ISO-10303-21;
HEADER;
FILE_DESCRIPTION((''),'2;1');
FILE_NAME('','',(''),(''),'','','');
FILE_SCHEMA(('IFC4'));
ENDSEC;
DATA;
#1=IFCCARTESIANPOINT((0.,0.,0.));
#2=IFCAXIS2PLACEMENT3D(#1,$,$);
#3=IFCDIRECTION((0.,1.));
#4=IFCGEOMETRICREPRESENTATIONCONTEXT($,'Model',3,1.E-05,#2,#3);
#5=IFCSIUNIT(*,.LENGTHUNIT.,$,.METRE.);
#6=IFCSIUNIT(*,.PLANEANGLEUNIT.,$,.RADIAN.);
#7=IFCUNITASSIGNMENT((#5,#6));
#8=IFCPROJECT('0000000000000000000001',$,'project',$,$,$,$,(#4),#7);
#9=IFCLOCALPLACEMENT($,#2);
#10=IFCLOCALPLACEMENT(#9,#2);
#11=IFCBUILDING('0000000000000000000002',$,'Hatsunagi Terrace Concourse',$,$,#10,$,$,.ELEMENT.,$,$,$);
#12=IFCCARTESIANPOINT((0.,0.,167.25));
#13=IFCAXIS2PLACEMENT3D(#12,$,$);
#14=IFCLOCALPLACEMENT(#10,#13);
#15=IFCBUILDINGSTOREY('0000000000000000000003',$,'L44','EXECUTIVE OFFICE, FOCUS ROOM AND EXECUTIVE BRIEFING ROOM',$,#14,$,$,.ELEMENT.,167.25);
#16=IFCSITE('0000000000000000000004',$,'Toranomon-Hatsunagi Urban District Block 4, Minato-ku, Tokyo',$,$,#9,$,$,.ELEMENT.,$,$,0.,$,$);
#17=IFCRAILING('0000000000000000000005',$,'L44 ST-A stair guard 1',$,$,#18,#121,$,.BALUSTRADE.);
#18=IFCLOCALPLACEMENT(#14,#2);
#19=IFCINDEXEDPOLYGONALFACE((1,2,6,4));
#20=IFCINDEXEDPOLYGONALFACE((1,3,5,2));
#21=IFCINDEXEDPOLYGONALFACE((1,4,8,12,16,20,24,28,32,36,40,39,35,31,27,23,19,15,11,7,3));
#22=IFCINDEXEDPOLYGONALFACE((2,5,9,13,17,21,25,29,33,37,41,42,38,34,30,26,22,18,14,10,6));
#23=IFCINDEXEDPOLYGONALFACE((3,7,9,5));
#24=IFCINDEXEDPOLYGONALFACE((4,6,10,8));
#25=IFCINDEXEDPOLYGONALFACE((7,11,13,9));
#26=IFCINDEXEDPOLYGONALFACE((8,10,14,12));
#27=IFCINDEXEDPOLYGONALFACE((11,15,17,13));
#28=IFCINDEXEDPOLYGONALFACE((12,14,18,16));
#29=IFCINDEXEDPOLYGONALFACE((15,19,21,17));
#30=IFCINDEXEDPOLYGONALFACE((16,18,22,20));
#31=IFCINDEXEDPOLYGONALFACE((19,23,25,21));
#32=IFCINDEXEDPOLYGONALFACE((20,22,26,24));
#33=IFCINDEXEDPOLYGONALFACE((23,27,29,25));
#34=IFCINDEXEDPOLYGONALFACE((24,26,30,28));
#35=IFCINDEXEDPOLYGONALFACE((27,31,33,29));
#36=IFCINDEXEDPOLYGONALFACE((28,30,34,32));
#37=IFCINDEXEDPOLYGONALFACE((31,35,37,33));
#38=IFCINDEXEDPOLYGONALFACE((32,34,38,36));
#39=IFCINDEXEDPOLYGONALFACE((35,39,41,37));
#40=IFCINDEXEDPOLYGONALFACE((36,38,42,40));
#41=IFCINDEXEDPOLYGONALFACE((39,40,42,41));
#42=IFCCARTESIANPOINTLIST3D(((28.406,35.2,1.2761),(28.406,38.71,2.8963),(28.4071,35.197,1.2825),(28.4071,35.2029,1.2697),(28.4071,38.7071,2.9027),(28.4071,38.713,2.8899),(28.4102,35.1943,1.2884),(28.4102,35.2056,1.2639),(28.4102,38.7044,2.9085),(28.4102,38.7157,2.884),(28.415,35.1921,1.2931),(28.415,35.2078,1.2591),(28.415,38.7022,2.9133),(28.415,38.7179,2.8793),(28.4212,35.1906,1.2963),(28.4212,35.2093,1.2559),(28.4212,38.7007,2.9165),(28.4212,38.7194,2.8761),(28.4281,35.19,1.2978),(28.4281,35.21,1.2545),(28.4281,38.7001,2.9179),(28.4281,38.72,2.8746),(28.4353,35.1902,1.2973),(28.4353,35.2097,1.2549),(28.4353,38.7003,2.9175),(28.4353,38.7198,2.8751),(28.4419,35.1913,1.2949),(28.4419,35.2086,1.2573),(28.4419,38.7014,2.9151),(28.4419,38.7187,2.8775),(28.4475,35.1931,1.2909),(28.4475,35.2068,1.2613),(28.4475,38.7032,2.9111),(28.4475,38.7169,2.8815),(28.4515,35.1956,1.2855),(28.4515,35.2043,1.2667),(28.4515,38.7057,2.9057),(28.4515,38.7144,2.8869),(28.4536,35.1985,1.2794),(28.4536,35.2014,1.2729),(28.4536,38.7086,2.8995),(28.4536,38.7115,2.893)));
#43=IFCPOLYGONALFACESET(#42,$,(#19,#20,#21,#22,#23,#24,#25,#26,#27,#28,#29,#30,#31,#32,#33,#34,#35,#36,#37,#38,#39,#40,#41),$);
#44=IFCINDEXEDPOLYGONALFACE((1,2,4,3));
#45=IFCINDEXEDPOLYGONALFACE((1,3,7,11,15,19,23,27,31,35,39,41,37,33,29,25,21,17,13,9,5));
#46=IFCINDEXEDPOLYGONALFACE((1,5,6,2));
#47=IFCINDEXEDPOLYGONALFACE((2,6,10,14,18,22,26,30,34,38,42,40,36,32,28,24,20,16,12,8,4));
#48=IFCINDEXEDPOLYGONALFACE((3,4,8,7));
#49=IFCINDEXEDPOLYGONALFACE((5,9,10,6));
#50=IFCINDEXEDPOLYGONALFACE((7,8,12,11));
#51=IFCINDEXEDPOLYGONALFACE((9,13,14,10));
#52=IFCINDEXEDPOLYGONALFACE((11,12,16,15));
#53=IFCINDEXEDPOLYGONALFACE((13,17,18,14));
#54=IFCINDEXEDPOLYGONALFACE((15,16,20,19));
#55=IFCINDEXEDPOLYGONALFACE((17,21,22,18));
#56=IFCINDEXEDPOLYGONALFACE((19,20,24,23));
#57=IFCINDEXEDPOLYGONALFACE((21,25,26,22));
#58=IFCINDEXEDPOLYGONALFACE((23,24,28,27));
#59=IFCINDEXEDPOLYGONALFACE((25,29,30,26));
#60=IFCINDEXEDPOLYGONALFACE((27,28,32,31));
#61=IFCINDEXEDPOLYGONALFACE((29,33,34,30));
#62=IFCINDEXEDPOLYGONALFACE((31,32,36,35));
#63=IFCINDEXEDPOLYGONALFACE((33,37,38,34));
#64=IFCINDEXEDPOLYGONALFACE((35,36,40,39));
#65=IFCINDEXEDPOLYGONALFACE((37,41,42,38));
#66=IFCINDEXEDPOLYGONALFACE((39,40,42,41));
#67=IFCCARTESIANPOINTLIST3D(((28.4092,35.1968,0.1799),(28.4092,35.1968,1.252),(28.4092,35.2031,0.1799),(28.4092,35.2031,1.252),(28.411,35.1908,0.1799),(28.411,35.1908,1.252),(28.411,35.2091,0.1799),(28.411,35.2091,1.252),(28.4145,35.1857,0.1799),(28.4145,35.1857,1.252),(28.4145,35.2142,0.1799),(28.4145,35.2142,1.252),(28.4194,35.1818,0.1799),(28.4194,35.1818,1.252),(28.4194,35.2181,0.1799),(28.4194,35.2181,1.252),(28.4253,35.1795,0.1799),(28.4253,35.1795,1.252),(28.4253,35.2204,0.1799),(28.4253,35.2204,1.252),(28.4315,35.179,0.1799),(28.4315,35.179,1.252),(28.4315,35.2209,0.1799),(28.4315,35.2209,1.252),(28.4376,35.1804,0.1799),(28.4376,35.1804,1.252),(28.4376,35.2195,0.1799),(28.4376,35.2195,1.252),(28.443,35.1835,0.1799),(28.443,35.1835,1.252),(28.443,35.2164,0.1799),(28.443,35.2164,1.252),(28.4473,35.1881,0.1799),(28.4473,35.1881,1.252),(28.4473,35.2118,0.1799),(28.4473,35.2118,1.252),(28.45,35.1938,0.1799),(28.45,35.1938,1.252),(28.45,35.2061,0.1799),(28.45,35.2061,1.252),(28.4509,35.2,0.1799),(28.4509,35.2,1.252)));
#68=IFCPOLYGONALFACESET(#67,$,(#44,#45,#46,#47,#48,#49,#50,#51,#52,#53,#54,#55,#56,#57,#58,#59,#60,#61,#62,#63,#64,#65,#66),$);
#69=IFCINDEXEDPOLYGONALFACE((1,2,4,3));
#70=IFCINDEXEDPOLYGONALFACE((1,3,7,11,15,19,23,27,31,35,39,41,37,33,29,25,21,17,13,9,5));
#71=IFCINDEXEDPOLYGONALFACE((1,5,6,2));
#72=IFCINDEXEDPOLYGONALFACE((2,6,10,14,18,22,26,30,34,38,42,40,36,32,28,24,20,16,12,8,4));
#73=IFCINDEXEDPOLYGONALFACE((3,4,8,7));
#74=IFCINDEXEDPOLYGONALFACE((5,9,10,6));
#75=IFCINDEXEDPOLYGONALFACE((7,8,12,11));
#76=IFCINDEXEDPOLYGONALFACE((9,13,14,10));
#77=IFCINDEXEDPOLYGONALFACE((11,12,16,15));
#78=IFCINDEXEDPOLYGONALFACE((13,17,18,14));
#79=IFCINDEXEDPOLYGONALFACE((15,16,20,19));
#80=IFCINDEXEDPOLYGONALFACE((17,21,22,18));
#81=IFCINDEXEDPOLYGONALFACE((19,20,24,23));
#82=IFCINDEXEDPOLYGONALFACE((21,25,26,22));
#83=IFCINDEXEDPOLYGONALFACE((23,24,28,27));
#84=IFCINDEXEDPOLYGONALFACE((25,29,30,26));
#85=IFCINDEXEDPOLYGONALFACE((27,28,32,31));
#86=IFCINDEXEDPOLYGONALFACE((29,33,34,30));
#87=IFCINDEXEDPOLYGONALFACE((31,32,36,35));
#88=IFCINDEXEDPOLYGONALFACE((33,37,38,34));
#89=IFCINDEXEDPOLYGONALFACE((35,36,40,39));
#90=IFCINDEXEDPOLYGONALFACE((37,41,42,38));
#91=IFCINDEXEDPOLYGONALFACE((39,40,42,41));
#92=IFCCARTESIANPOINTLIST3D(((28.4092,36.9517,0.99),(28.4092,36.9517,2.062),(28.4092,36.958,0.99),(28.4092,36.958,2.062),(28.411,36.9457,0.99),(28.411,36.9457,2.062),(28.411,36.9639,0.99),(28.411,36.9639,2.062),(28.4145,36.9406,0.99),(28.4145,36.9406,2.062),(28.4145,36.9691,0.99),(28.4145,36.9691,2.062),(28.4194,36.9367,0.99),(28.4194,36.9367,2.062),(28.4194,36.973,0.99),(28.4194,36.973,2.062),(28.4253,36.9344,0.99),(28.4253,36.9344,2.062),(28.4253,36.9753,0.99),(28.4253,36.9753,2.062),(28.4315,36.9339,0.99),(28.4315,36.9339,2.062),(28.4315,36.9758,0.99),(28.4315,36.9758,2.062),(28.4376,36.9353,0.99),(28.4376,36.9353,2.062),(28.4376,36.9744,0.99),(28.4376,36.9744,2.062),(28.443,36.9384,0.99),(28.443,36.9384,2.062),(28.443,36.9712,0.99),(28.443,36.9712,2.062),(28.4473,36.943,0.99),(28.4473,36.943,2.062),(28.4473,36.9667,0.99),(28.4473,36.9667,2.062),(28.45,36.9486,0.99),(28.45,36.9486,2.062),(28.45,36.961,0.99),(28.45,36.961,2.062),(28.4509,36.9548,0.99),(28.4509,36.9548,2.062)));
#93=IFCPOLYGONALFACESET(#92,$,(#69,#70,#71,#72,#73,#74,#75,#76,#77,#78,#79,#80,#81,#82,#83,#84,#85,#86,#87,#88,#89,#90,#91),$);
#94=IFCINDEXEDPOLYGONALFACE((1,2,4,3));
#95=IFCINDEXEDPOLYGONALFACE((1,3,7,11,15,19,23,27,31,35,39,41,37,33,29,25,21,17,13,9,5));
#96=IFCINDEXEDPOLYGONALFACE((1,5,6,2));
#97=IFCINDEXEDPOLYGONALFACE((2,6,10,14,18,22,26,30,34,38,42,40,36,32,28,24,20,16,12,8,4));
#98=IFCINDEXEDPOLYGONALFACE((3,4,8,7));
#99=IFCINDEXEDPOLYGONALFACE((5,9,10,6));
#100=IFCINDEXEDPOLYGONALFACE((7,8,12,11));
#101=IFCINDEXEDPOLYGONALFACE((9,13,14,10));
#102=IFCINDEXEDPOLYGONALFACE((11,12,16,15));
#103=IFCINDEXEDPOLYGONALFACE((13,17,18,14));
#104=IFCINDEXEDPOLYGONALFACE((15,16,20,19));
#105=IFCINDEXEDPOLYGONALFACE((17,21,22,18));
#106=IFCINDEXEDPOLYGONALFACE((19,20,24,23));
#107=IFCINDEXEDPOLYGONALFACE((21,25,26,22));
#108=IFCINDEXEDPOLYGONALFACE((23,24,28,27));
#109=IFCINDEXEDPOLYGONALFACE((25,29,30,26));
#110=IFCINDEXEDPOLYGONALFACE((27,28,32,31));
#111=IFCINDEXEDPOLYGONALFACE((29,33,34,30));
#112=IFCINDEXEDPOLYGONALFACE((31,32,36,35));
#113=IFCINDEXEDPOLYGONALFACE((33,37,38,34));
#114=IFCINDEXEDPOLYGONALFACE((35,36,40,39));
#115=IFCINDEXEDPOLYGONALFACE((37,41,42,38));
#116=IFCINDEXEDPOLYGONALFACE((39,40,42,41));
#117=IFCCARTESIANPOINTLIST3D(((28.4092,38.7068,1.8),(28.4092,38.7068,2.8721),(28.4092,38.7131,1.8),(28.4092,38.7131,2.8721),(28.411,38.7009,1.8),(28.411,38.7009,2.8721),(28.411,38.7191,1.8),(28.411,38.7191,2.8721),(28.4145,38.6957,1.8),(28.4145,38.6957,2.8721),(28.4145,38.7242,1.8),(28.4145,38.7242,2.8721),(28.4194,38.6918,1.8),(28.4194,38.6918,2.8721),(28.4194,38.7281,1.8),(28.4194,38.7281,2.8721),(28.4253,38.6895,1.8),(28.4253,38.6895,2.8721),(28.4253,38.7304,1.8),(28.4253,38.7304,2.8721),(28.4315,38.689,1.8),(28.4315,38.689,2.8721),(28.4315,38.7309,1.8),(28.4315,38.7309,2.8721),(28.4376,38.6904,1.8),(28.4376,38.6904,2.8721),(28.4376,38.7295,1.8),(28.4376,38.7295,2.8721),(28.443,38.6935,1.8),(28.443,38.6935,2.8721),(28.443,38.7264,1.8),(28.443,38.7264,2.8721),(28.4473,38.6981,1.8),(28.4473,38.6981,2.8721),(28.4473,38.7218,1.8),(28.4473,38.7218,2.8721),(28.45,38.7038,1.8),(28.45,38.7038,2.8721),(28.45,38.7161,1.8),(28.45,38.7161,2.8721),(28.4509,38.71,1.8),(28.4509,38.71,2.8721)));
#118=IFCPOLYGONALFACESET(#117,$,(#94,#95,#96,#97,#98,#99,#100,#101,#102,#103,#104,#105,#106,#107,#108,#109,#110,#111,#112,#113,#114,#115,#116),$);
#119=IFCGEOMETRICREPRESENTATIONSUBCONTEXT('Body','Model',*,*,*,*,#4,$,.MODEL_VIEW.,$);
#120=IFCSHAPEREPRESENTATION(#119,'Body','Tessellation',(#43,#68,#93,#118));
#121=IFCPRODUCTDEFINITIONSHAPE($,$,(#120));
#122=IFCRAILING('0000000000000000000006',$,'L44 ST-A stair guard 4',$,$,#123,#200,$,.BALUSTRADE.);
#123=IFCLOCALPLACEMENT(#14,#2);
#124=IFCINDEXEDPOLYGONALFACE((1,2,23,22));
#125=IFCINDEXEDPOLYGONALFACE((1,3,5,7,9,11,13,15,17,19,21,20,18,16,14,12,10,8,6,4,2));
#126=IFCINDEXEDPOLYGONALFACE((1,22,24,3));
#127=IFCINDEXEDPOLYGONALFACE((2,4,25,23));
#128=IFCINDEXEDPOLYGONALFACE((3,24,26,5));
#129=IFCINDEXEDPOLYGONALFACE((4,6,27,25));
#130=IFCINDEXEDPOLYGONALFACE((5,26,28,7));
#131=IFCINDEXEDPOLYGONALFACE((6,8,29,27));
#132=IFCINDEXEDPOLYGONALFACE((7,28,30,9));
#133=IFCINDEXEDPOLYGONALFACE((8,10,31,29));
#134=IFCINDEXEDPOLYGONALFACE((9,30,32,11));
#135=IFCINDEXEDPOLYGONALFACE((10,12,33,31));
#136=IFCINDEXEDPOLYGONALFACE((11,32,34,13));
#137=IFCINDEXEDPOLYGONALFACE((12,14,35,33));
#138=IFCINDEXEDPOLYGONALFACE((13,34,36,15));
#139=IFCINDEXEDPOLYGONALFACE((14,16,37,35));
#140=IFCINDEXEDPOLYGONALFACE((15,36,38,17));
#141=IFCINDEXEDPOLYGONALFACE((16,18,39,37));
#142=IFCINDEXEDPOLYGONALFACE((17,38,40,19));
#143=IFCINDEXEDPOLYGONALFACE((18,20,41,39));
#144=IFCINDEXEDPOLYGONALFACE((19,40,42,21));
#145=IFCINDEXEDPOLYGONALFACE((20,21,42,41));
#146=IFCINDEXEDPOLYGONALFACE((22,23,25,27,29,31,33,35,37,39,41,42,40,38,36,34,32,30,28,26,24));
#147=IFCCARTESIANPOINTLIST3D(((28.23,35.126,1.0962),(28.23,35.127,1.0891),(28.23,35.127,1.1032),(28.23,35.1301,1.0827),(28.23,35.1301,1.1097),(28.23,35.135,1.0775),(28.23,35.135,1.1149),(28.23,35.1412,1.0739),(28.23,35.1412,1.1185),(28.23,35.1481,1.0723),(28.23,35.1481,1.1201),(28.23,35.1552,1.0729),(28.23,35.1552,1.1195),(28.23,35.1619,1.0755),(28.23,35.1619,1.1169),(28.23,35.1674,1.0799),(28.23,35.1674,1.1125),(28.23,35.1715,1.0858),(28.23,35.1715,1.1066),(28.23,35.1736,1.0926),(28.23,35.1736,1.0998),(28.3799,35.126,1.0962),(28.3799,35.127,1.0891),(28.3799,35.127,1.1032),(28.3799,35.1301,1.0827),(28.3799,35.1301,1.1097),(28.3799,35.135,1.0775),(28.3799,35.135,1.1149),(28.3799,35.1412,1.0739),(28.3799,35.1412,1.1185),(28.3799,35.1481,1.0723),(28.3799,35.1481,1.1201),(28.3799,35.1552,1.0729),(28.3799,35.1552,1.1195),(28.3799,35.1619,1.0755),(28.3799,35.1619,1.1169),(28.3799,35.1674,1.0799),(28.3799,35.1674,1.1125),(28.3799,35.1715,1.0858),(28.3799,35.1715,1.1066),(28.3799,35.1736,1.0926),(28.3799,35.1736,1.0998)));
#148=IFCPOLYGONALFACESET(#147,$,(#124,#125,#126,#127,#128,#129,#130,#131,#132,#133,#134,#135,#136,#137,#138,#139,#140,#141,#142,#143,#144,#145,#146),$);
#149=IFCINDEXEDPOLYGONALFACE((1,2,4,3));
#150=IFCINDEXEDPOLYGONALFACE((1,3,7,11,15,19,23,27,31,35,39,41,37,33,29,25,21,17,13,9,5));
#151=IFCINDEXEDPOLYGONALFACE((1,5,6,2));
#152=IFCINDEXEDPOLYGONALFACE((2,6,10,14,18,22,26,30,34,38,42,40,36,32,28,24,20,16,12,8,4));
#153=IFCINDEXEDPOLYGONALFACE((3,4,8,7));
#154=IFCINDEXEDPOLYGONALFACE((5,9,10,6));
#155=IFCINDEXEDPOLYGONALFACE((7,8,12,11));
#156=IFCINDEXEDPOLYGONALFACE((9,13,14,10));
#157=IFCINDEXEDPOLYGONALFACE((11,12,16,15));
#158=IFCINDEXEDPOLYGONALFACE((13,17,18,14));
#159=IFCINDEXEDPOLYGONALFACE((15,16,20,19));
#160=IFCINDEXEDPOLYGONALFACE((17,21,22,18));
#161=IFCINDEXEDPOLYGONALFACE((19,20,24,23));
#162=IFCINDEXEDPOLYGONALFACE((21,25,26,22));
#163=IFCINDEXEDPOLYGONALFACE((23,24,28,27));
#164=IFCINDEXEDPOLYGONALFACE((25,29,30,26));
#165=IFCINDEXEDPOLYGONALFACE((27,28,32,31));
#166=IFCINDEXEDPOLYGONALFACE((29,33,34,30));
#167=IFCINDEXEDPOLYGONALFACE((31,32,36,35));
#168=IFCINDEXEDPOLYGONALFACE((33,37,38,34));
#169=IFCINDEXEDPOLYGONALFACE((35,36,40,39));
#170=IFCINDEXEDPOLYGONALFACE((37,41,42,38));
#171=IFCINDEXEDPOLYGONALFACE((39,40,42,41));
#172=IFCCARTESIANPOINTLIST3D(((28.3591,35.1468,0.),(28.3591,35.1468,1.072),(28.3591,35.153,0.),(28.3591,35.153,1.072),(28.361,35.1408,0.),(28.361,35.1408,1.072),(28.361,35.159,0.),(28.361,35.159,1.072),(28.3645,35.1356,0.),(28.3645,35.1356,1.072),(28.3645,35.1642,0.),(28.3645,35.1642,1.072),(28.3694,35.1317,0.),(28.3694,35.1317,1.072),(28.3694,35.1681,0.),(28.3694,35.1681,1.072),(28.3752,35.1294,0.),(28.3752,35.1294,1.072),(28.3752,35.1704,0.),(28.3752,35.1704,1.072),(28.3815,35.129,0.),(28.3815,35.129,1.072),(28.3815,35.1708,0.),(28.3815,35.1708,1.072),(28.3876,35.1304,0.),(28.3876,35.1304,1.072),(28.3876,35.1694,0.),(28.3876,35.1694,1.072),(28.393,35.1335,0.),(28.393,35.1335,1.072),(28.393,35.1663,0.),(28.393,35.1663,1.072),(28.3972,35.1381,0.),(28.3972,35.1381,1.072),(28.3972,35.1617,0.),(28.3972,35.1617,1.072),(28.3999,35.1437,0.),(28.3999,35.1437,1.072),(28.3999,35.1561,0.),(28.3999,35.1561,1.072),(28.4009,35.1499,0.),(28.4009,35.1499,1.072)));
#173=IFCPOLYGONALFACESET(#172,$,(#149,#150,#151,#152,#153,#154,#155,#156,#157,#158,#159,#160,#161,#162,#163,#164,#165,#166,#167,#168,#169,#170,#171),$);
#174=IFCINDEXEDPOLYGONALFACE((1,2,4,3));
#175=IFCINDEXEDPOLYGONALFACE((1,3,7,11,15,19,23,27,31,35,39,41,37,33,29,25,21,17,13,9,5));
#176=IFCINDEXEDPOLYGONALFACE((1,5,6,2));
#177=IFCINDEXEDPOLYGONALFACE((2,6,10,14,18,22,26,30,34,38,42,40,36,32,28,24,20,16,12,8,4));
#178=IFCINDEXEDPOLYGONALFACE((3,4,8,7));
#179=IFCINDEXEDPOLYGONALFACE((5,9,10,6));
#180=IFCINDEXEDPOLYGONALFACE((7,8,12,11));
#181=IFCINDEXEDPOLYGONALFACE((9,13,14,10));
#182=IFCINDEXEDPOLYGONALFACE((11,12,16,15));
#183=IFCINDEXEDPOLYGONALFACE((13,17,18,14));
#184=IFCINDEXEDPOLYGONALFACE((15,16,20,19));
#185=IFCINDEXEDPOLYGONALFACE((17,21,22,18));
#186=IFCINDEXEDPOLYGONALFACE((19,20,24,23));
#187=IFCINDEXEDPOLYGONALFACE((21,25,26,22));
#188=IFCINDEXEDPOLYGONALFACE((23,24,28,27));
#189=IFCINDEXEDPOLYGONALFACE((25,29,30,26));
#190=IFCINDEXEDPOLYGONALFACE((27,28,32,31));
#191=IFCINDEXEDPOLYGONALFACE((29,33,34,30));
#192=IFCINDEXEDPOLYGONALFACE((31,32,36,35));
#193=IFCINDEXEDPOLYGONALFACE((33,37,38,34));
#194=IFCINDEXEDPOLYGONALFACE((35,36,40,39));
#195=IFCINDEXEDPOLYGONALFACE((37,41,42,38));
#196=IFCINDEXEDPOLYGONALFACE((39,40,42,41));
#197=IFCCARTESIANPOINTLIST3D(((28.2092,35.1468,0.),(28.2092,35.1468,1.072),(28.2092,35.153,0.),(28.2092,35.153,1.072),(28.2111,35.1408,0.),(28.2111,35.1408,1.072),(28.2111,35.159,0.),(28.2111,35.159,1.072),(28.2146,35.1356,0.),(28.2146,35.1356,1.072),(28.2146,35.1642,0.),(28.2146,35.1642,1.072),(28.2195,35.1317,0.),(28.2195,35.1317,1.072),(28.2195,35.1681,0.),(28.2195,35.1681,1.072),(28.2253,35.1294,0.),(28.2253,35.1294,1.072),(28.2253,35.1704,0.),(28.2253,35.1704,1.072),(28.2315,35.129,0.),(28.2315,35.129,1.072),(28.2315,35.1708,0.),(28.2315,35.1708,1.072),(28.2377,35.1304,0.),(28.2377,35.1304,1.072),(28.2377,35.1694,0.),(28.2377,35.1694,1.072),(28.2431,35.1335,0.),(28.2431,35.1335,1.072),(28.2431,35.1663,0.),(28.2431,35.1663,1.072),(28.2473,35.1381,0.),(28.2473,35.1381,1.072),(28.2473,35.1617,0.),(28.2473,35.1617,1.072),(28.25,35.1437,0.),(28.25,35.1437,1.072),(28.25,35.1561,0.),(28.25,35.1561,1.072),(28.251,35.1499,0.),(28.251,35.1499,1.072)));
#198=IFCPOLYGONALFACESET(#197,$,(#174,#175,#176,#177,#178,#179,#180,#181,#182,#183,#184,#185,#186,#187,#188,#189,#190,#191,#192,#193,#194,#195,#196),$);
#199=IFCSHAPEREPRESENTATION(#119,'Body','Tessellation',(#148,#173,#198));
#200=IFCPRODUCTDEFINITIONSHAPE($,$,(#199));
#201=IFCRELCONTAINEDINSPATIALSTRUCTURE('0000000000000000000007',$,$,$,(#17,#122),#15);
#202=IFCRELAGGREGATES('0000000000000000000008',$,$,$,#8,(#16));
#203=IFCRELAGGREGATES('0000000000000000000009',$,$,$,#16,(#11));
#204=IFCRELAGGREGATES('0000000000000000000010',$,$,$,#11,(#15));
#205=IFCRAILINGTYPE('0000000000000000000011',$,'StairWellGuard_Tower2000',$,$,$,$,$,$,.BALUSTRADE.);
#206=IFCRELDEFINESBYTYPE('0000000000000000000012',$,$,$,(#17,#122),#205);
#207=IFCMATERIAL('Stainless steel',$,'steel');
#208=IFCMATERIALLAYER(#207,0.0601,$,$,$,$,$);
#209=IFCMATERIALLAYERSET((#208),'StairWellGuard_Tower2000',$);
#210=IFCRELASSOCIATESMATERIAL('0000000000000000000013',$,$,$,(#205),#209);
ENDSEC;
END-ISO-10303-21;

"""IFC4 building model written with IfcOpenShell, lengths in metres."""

from ifc_helpers import new_model, si_unit, direction, frame, origin, origin_2d, place, context, subcontext, project, spatial, circle, extrude, material, layer, layer_set, type_object, element, save


model = new_model("IFC4")

# Units and contexts
model_context = context("Model", 3, precision=1e-05, world=origin(), true_north=direction((0.0, 1.0)))
body_context = subcontext(model_context, "Body", "Model", "MODEL_VIEW")
ifc_project = project(units=[si_unit("LENGTHUNIT", "METRE"), si_unit("PLANEANGLEUNIT", "RADIAN")], contexts=[model_context])

# Site, building, storey
site_placement = place(None, origin())
site = spatial("IfcSite", under=ifc_project, at=site_placement, Name="Toranomon-Hatsunagi Urban District Block 4, Minato-ku, Tokyo", CompositionType="ELEMENT", RefElevation=0.0)
building_placement = place(site_placement, origin())
building = spatial("IfcBuilding", under=site, at=building_placement, Name="Hatsunagi Terrace Concourse", CompositionType="ELEMENT")
storey_placement = place(building_placement, frame((0.0, 0.0, 167.25)))
storey = spatial("IfcBuildingStorey", under=building, at=storey_placement, Name="L44", Description="EXECUTIVE OFFICE, FOCUS ROOM AND EXECUTIVE BRIEFING ROOM", CompositionType="ELEMENT", Elevation=167.25)

# Railings
ifc_material_1 = material(Name="Stainless steel", Category="steel")
ifc_layer_1 = layer(ifc_material_1, 0.0601)
ifc_layer_set_1 = layer_set([ifc_layer_1], Name="StairWellGuard_Tower2000")
railing_type_1 = type_object("IfcRailingType", Name="StairWellGuard_Tower2000", PredefinedType="BALUSTRADE", material=ifc_layer_set_1)
railing_1_placement = place(storey_placement, frame((28.4299, 35.2, 0.1799)))
element("IfcRailing", 1, at=railing_1_placement, inside=storey, type_object=railing_type_1, Name="L44 ST-A stair guard 1", PredefinedType="BALUSTRADE", context=body_context, shape_type="SweptSolid", body=[
    extrude(circle(Radius=0.0239, at=origin_2d()), frame((0.0, 0.0, 1.0962), z_axis=(0.0, 0.907948, 0.419082), x_axis=(-1.0, 0.0, 0.0)), (0.0, 0.0, 1.0), 3.866),
    extrude(circle(Radius=0.021, at=origin_2d()), origin(), (0.0, 0.0, 1.0), 1.072),
    extrude(circle(Radius=0.021, at=origin_2d()), frame((0.0, 1.7549, 0.8101)), (0.0, 0.0, 1.0), 1.072),
    extrude(circle(Radius=0.021, at=origin_2d()), frame((0.0, 3.51, 1.6201)), (0.0, 0.0, 1.0), 1.072),
])
railing_2_placement = place(storey_placement, frame((28.3799, 35.1499, 0.0)))
element("IfcRailing", 2, at=railing_2_placement, inside=storey, type_object=railing_type_1, Name="L44 ST-A stair guard 4", PredefinedType="BALUSTRADE", context=body_context, shape_type="SweptSolid", body=[
    extrude(circle(Radius=0.0239, at=origin_2d()), frame((0.0, 0.0, 1.0962), z_axis=(-1.0, 0.0, 0.0), x_axis=(0.0, -1.0, 0.0)), (0.0, 0.0, 1.0), 0.1499),
    extrude(circle(Radius=0.021, at=origin_2d()), origin(), (0.0, 0.0, 1.0), 1.072),
    extrude(circle(Radius=0.021, at=origin_2d()), frame((-0.1499, 0.0, 0.0)), (0.0, 0.0, 1.0), 1.072),
])

save(model, "model.ifc")
